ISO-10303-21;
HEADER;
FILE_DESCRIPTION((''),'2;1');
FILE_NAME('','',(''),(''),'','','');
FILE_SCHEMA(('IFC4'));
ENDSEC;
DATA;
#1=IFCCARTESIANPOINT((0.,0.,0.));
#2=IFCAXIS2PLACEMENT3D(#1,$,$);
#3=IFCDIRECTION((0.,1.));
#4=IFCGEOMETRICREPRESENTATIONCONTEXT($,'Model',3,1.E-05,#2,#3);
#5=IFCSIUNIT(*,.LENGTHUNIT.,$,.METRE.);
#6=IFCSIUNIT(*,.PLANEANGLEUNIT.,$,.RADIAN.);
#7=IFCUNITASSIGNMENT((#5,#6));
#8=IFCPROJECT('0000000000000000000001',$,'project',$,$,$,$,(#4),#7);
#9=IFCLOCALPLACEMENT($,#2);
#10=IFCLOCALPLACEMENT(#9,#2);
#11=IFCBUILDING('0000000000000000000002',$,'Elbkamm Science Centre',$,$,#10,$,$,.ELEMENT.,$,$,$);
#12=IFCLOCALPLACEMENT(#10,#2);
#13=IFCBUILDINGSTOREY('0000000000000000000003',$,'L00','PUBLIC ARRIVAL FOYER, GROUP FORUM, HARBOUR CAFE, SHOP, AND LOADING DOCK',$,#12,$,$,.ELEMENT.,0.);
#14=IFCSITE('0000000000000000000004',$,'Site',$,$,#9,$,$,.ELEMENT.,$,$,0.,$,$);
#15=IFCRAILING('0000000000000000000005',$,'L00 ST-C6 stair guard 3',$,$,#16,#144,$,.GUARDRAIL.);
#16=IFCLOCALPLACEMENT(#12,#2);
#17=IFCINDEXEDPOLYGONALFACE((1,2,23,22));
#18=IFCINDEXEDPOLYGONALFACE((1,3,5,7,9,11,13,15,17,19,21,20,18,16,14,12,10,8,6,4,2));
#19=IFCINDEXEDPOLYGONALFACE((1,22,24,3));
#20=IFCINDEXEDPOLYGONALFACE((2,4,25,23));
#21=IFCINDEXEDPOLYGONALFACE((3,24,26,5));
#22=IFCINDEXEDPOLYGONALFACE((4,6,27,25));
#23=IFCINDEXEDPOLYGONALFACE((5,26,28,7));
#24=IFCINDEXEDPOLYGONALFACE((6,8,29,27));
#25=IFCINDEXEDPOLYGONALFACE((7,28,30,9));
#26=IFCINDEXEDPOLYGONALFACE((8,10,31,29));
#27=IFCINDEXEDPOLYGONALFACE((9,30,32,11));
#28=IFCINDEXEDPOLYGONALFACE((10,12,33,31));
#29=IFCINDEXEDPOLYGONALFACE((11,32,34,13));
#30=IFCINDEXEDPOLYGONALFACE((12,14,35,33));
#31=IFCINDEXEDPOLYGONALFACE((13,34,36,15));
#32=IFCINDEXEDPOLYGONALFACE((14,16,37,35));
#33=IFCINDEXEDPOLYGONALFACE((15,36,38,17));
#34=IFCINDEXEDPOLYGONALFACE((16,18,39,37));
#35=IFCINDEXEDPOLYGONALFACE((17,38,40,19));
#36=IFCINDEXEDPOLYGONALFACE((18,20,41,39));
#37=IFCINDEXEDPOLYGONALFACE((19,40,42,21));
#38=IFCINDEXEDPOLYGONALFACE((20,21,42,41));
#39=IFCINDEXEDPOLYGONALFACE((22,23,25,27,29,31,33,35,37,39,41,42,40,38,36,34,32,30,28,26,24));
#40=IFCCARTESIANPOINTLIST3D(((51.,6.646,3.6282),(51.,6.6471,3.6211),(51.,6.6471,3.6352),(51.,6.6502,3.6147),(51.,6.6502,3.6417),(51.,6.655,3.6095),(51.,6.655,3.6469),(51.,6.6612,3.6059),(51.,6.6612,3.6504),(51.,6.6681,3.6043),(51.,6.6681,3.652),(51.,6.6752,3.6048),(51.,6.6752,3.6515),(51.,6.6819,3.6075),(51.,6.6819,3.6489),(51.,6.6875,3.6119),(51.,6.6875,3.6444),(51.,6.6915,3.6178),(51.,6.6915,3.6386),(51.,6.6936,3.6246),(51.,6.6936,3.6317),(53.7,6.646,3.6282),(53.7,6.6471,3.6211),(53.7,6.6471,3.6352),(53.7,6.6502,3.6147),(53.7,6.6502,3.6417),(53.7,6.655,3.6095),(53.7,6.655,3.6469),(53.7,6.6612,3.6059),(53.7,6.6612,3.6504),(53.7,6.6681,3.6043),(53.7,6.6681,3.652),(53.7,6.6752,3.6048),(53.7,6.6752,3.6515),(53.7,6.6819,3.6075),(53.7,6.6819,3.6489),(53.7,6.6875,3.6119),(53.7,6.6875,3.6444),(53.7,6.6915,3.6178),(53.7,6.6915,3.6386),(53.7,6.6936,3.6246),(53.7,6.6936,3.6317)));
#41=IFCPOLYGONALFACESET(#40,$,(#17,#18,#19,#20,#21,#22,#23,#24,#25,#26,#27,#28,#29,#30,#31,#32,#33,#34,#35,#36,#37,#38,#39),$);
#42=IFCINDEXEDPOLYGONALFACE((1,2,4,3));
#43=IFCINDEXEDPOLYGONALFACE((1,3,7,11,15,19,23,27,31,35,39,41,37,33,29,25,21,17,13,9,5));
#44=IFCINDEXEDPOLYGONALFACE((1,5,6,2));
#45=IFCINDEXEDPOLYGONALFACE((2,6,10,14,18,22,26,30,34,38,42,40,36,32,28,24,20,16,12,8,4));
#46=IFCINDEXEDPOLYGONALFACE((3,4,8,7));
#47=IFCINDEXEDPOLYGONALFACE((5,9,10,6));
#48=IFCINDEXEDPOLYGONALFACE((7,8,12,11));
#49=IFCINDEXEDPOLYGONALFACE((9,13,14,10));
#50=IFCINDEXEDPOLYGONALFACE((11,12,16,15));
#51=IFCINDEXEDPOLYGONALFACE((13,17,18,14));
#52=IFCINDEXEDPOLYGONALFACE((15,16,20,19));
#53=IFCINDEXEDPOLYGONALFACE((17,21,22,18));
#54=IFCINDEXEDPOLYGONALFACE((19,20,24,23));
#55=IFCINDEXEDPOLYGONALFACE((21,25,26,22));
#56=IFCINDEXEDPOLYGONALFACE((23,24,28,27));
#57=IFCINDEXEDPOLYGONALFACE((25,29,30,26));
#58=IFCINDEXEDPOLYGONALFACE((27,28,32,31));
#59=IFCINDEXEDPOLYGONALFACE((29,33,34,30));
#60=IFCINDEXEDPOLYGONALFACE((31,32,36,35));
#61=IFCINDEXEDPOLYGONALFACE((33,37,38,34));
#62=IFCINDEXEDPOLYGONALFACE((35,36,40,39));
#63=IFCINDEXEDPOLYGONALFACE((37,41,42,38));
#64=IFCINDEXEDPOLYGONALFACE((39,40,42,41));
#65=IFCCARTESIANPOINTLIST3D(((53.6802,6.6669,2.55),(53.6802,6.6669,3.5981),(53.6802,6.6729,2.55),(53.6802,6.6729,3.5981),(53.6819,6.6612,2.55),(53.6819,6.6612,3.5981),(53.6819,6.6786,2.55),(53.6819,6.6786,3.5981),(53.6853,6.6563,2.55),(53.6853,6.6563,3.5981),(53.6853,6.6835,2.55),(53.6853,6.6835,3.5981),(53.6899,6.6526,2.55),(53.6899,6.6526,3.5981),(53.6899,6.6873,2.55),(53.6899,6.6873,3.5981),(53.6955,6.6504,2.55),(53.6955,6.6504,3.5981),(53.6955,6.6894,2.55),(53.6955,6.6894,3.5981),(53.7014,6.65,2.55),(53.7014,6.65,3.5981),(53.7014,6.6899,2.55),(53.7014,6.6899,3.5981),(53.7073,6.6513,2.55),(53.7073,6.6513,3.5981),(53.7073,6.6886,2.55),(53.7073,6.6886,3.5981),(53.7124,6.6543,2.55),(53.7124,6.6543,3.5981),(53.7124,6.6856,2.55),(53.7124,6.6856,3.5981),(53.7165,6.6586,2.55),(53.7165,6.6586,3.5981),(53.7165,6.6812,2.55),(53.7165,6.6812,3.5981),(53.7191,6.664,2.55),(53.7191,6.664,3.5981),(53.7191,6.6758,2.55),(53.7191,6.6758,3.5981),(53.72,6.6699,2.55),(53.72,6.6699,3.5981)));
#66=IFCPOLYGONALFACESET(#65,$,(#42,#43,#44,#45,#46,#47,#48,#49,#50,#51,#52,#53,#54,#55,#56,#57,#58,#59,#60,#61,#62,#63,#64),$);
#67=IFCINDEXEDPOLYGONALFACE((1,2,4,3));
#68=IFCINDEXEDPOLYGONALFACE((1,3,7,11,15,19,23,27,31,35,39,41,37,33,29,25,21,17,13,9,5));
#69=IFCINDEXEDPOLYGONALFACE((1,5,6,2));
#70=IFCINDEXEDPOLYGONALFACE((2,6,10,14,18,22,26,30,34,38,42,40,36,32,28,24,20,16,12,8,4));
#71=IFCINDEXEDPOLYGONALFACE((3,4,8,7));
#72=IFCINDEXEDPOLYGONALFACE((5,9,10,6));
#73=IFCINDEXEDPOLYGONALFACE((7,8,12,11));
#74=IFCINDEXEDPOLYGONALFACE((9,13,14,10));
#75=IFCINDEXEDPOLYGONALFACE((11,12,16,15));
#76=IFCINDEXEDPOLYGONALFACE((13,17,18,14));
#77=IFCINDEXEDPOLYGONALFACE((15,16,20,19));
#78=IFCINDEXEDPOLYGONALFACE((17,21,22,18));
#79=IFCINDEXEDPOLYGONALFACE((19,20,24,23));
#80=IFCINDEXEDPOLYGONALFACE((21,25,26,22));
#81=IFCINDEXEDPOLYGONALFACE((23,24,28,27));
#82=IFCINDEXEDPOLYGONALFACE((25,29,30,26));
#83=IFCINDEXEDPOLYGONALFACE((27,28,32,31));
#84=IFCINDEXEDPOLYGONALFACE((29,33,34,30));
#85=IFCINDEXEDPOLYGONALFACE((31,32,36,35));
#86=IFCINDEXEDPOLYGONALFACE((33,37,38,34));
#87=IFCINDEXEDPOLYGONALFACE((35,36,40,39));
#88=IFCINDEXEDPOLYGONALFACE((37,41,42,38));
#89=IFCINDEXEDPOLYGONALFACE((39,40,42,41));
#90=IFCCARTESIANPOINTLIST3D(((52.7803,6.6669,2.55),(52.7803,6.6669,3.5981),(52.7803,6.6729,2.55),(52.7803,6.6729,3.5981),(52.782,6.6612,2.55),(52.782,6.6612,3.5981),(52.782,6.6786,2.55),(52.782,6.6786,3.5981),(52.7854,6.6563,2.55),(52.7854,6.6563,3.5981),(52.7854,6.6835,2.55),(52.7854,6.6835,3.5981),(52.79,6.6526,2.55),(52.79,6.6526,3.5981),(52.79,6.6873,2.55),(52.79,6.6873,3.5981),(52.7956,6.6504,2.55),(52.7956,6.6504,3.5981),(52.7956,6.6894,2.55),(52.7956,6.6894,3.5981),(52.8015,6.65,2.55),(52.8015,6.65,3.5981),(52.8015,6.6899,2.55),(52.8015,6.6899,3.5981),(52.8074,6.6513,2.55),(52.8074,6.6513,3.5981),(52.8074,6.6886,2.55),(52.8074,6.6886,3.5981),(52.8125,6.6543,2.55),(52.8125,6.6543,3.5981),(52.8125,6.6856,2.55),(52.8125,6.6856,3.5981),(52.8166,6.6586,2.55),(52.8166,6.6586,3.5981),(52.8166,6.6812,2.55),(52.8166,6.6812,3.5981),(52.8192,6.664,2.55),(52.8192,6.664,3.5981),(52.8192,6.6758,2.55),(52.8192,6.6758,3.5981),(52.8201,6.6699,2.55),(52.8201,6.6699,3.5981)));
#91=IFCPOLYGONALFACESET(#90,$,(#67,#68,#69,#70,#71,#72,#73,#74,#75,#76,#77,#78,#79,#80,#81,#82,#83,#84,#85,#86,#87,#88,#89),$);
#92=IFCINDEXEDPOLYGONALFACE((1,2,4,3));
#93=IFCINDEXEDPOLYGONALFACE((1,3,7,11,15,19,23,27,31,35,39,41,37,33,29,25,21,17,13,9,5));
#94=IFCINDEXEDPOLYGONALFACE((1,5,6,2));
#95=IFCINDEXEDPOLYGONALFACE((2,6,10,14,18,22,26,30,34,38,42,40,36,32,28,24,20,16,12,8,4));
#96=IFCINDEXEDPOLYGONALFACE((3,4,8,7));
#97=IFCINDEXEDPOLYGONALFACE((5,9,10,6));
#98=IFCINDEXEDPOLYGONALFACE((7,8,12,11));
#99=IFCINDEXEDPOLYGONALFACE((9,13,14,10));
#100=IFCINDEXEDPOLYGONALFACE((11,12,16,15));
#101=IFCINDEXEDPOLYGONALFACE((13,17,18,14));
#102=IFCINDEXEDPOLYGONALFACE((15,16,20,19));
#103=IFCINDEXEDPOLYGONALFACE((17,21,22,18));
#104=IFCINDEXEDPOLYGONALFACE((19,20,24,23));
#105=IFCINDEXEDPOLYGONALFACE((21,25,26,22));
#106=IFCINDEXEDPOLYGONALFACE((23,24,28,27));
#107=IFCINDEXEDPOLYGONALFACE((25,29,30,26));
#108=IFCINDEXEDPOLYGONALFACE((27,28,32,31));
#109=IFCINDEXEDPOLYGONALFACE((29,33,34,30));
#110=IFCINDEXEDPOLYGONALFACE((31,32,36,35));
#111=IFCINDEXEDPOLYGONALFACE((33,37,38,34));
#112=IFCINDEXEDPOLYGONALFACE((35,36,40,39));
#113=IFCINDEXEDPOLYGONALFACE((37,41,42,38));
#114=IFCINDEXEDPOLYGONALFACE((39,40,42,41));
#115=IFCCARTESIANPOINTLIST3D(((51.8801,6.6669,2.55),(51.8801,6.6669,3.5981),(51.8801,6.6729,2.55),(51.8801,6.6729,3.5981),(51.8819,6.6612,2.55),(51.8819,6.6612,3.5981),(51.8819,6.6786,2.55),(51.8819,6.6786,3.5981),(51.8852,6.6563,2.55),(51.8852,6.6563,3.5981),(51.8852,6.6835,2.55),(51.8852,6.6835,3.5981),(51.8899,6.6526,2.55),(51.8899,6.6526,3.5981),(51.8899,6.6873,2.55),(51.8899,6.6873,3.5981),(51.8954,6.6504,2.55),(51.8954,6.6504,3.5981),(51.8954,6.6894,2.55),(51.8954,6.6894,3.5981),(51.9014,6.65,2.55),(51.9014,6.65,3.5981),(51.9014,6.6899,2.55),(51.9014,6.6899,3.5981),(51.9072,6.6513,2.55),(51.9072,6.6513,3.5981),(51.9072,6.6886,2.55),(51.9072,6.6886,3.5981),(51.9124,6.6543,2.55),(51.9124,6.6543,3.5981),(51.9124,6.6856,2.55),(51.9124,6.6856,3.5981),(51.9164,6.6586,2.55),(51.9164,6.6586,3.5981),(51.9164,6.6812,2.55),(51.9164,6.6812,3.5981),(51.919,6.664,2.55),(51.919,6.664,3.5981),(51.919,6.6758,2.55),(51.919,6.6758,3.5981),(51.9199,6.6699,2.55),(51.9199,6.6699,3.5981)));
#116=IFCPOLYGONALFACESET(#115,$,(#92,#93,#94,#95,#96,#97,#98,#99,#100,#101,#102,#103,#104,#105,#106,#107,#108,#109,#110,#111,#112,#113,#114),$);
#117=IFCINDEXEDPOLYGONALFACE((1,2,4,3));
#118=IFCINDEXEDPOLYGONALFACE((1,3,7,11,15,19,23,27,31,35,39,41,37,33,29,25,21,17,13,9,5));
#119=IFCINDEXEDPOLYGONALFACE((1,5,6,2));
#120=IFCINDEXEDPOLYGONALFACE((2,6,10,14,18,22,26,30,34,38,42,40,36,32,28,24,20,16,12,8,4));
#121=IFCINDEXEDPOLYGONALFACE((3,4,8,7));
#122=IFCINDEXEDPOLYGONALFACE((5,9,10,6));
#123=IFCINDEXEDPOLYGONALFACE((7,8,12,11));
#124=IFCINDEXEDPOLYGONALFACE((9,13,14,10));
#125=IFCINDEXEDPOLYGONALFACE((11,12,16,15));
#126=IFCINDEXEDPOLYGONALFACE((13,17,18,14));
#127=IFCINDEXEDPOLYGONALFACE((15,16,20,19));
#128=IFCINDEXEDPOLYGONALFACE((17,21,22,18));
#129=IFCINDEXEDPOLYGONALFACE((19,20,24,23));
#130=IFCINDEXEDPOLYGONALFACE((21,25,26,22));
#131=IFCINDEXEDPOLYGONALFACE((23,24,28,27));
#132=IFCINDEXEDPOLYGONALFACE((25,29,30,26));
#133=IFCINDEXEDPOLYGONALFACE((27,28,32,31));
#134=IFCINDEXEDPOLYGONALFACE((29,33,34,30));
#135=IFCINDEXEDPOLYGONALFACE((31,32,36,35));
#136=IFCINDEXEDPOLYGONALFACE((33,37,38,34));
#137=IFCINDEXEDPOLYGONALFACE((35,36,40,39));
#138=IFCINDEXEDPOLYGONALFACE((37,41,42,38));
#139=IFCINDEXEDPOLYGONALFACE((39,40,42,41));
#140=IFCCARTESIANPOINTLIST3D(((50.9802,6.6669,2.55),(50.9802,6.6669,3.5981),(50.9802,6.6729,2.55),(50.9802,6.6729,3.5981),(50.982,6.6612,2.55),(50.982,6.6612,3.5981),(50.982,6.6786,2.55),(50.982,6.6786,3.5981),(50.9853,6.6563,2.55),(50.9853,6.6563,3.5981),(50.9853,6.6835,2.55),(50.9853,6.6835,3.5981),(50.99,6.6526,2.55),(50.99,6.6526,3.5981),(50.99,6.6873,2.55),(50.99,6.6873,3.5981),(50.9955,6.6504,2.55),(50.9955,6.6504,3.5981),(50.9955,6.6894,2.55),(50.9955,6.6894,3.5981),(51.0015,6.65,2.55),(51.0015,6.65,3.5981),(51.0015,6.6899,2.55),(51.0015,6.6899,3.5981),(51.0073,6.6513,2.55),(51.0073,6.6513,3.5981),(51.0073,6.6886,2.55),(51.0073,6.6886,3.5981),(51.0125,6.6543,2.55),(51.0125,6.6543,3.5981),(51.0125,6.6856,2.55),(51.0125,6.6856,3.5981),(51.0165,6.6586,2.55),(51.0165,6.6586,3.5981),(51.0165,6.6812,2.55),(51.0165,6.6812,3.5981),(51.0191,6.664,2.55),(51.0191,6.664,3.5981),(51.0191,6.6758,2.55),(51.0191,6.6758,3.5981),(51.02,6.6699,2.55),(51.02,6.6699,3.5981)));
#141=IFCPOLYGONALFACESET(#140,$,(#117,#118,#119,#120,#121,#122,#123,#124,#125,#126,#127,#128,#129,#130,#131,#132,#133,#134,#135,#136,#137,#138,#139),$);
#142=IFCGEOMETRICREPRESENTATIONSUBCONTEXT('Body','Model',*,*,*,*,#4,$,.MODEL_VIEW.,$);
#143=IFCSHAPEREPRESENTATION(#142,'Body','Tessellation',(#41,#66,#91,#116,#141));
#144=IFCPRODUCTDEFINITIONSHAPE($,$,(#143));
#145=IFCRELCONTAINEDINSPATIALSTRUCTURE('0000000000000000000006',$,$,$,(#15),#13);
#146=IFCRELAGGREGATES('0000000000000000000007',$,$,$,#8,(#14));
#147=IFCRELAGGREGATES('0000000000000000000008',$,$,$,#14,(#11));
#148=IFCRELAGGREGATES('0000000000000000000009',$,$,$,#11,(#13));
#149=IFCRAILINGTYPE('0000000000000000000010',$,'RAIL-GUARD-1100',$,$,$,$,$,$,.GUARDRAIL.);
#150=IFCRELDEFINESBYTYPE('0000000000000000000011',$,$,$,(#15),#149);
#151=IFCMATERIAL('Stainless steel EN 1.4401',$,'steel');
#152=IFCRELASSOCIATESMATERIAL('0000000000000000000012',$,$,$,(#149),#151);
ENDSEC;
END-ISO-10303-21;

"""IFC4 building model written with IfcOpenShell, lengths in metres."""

from ifc_helpers import new_model, si_unit, direction, frame, origin, origin_2d, place, context, subcontext, project, spatial, circle, extrude, material, type_object, element, save


model = new_model("IFC4")

# Units and contexts
model_context = context("Model", 3, precision=1e-05, world=origin(), true_north=direction((0.0, 1.0)))
body_context = subcontext(model_context, "Body", "Model", "MODEL_VIEW")
ifc_project = project(units=[si_unit("LENGTHUNIT", "METRE"), si_unit("PLANEANGLEUNIT", "RADIAN")], contexts=[model_context])

# Site, building, storey
site_placement = place(None, origin())
site = spatial("IfcSite", under=ifc_project, at=site_placement, Name="Site", CompositionType="ELEMENT", RefElevation=0.0)
building_placement = place(site_placement, origin())
building = spatial("IfcBuilding", under=site, at=building_placement, Name="Elbkamm Science Centre", CompositionType="ELEMENT")
storey_placement = place(building_placement, origin())
storey = spatial("IfcBuildingStorey", under=building, at=storey_placement, Name="L00", Description="PUBLIC ARRIVAL FOYER, GROUP FORUM, HARBOUR CAFE, SHOP, AND LOADING DOCK", CompositionType="ELEMENT", Elevation=0.0)

# Railing
ifc_material_1 = material(Name="Stainless steel EN 1.4401", Category="steel")
railing_type_1 = type_object("IfcRailingType", Name="RAIL-GUARD-1100", PredefinedType="GUARDRAIL", material=ifc_material_1)
for number, where, name in (
    (1, (53.7, 6.6699, 2.55), "L00 ST-C6 stair guard 3"),
):
    element("IfcRailing", number, at=place(storey_placement, frame(where)), inside=storey, type_object=railing_type_1, Name=name, PredefinedType="GUARDRAIL", context=body_context, shape_type="SweptSolid", body=[
        extrude(circle(Radius=0.0239, at=origin_2d()), frame((0.0, 0.0, 1.0781), z_axis=(-1.0, 0.0, 0.0), x_axis=(0.0, -1.0, 0.0)), (0.0, 0.0, 1.0), 2.7),
        extrude(circle(Radius=0.02, at=origin_2d()), origin(), (0.0, 0.0, 1.0), 1.0481),
        extrude(circle(Radius=0.02, at=origin_2d()), frame((-0.8999, 0.0, 0.0)), (0.0, 0.0, 1.0), 1.0481),
        extrude(circle(Radius=0.02, at=origin_2d()), frame((-1.8, 0.0, 0.0)), (0.0, 0.0, 1.0), 1.0481),
        extrude(circle(Radius=0.02, at=origin_2d()), frame((-2.7, 0.0, 0.0)), (0.0, 0.0, 1.0), 1.0481),
    ])

save(model, "model.ifc")
